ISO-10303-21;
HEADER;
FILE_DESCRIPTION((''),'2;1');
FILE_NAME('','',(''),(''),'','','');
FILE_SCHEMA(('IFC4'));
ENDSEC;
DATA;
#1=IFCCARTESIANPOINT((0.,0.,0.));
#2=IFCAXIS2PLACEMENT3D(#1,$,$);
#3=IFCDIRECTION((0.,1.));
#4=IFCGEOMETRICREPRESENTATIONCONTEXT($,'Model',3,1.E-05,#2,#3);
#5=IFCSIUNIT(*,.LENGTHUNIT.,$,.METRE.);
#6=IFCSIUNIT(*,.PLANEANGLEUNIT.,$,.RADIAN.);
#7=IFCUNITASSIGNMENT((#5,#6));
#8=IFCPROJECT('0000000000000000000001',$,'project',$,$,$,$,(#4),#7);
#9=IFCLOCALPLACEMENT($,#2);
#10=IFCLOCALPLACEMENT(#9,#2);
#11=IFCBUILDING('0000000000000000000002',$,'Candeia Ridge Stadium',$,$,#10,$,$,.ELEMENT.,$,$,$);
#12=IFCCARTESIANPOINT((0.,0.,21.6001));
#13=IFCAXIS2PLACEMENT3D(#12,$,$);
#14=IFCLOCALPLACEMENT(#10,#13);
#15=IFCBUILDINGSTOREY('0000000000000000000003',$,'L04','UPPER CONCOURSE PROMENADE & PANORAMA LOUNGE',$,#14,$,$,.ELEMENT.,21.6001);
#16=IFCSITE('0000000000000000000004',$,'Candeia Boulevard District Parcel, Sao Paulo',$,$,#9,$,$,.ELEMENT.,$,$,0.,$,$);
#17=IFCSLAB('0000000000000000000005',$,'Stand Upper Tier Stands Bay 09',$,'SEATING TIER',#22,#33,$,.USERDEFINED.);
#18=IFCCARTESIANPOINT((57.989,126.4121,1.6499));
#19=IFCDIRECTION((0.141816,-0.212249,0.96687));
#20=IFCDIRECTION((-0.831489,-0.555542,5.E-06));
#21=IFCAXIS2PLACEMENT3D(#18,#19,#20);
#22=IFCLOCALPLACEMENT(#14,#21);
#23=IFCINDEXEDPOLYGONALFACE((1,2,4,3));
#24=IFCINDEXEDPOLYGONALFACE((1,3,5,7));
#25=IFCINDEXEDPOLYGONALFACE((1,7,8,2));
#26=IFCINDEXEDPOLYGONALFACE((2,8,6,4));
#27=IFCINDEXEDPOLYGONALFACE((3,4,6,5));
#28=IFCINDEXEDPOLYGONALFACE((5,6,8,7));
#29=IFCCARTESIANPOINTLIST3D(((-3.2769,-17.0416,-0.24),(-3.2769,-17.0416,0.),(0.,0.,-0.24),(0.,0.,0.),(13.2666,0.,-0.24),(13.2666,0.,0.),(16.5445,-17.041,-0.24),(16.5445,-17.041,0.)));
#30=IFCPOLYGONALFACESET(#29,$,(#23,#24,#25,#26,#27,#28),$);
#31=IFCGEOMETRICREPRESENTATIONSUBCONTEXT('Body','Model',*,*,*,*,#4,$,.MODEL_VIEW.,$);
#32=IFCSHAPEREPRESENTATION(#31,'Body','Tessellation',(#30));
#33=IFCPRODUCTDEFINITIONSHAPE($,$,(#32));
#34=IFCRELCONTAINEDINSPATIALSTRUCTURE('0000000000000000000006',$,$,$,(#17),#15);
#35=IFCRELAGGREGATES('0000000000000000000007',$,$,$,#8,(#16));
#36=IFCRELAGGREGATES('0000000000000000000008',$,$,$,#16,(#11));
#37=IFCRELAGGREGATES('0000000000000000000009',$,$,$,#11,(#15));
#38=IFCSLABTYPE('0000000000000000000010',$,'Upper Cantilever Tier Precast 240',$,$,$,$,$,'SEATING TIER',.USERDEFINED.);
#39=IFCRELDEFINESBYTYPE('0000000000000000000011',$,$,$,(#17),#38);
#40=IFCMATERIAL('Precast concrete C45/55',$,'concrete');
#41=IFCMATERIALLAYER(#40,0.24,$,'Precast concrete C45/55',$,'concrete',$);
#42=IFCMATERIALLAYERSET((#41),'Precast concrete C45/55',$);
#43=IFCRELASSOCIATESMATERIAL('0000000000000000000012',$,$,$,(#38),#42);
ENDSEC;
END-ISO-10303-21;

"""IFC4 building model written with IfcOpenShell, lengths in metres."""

from ifc_helpers import new_model, si_unit, direction, frame, origin, place, context, subcontext, project, spatial, polyline, outline, extrude, material, layer, layer_set, type_object, element, save


model = new_model("IFC4")

# Units and contexts
model_context = context("Model", 3, precision=1e-05, world=origin(), true_north=direction((0.0, 1.0)))
body_context = subcontext(model_context, "Body", "Model", "MODEL_VIEW")
ifc_project = project(units=[si_unit("LENGTHUNIT", "METRE"), si_unit("PLANEANGLEUNIT", "RADIAN")], contexts=[model_context])

# Site, building, storey
site_placement = place(None, origin())
site = spatial("IfcSite", under=ifc_project, at=site_placement, Name="Candeia Boulevard District Parcel, Sao Paulo", CompositionType="ELEMENT", RefElevation=0.0)
building_placement = place(site_placement, origin())
building = spatial("IfcBuilding", under=site, at=building_placement, Name="Candeia Ridge Stadium", CompositionType="ELEMENT")
storey_placement = place(building_placement, frame((0.0, 0.0, 21.6001)))
storey = spatial("IfcBuildingStorey", under=building, at=storey_placement, Name="L04", Description="UPPER CONCOURSE PROMENADE & PANORAMA LOUNGE", CompositionType="ELEMENT", Elevation=21.6001)

# Slab
ifc_material_1 = material(Name="Precast concrete C45/55", Category="concrete")
ifc_layer_1 = layer(ifc_material_1, 0.24, Name="Precast concrete C45/55", Category="concrete")
ifc_layer_set_1 = layer_set([ifc_layer_1], Name="Precast concrete C45/55")
slab_type = type_object("IfcSlabType", Name="Upper Cantilever Tier Precast 240", ElementType="SEATING TIER", PredefinedType="USERDEFINED", material=ifc_layer_set_1)
slab_1_placement = place(storey_placement, frame((57.989, 126.4121, 1.6499), z_axis=(0.141816, -0.212249, 0.96687), x_axis=(-0.831489, -0.555542, 0.000005)))
element("IfcSlab", 1, at=slab_1_placement, inside=storey, type_object=slab_type, Name="Stand Upper Tier Stands Bay 09", ObjectType="SEATING TIER", PredefinedType="USERDEFINED", context=body_context, shape_type="SweptSolid", body=[
    extrude(outline(polyline([(0.0, 0.0), (13.2666, 0.0), (16.5445, -17.041), (-3.2769, -17.0416), (0.0, 0.0)])), origin(), (0.0, 0.0, -1.0), 0.24),
])

save(model, "model.ifc")
